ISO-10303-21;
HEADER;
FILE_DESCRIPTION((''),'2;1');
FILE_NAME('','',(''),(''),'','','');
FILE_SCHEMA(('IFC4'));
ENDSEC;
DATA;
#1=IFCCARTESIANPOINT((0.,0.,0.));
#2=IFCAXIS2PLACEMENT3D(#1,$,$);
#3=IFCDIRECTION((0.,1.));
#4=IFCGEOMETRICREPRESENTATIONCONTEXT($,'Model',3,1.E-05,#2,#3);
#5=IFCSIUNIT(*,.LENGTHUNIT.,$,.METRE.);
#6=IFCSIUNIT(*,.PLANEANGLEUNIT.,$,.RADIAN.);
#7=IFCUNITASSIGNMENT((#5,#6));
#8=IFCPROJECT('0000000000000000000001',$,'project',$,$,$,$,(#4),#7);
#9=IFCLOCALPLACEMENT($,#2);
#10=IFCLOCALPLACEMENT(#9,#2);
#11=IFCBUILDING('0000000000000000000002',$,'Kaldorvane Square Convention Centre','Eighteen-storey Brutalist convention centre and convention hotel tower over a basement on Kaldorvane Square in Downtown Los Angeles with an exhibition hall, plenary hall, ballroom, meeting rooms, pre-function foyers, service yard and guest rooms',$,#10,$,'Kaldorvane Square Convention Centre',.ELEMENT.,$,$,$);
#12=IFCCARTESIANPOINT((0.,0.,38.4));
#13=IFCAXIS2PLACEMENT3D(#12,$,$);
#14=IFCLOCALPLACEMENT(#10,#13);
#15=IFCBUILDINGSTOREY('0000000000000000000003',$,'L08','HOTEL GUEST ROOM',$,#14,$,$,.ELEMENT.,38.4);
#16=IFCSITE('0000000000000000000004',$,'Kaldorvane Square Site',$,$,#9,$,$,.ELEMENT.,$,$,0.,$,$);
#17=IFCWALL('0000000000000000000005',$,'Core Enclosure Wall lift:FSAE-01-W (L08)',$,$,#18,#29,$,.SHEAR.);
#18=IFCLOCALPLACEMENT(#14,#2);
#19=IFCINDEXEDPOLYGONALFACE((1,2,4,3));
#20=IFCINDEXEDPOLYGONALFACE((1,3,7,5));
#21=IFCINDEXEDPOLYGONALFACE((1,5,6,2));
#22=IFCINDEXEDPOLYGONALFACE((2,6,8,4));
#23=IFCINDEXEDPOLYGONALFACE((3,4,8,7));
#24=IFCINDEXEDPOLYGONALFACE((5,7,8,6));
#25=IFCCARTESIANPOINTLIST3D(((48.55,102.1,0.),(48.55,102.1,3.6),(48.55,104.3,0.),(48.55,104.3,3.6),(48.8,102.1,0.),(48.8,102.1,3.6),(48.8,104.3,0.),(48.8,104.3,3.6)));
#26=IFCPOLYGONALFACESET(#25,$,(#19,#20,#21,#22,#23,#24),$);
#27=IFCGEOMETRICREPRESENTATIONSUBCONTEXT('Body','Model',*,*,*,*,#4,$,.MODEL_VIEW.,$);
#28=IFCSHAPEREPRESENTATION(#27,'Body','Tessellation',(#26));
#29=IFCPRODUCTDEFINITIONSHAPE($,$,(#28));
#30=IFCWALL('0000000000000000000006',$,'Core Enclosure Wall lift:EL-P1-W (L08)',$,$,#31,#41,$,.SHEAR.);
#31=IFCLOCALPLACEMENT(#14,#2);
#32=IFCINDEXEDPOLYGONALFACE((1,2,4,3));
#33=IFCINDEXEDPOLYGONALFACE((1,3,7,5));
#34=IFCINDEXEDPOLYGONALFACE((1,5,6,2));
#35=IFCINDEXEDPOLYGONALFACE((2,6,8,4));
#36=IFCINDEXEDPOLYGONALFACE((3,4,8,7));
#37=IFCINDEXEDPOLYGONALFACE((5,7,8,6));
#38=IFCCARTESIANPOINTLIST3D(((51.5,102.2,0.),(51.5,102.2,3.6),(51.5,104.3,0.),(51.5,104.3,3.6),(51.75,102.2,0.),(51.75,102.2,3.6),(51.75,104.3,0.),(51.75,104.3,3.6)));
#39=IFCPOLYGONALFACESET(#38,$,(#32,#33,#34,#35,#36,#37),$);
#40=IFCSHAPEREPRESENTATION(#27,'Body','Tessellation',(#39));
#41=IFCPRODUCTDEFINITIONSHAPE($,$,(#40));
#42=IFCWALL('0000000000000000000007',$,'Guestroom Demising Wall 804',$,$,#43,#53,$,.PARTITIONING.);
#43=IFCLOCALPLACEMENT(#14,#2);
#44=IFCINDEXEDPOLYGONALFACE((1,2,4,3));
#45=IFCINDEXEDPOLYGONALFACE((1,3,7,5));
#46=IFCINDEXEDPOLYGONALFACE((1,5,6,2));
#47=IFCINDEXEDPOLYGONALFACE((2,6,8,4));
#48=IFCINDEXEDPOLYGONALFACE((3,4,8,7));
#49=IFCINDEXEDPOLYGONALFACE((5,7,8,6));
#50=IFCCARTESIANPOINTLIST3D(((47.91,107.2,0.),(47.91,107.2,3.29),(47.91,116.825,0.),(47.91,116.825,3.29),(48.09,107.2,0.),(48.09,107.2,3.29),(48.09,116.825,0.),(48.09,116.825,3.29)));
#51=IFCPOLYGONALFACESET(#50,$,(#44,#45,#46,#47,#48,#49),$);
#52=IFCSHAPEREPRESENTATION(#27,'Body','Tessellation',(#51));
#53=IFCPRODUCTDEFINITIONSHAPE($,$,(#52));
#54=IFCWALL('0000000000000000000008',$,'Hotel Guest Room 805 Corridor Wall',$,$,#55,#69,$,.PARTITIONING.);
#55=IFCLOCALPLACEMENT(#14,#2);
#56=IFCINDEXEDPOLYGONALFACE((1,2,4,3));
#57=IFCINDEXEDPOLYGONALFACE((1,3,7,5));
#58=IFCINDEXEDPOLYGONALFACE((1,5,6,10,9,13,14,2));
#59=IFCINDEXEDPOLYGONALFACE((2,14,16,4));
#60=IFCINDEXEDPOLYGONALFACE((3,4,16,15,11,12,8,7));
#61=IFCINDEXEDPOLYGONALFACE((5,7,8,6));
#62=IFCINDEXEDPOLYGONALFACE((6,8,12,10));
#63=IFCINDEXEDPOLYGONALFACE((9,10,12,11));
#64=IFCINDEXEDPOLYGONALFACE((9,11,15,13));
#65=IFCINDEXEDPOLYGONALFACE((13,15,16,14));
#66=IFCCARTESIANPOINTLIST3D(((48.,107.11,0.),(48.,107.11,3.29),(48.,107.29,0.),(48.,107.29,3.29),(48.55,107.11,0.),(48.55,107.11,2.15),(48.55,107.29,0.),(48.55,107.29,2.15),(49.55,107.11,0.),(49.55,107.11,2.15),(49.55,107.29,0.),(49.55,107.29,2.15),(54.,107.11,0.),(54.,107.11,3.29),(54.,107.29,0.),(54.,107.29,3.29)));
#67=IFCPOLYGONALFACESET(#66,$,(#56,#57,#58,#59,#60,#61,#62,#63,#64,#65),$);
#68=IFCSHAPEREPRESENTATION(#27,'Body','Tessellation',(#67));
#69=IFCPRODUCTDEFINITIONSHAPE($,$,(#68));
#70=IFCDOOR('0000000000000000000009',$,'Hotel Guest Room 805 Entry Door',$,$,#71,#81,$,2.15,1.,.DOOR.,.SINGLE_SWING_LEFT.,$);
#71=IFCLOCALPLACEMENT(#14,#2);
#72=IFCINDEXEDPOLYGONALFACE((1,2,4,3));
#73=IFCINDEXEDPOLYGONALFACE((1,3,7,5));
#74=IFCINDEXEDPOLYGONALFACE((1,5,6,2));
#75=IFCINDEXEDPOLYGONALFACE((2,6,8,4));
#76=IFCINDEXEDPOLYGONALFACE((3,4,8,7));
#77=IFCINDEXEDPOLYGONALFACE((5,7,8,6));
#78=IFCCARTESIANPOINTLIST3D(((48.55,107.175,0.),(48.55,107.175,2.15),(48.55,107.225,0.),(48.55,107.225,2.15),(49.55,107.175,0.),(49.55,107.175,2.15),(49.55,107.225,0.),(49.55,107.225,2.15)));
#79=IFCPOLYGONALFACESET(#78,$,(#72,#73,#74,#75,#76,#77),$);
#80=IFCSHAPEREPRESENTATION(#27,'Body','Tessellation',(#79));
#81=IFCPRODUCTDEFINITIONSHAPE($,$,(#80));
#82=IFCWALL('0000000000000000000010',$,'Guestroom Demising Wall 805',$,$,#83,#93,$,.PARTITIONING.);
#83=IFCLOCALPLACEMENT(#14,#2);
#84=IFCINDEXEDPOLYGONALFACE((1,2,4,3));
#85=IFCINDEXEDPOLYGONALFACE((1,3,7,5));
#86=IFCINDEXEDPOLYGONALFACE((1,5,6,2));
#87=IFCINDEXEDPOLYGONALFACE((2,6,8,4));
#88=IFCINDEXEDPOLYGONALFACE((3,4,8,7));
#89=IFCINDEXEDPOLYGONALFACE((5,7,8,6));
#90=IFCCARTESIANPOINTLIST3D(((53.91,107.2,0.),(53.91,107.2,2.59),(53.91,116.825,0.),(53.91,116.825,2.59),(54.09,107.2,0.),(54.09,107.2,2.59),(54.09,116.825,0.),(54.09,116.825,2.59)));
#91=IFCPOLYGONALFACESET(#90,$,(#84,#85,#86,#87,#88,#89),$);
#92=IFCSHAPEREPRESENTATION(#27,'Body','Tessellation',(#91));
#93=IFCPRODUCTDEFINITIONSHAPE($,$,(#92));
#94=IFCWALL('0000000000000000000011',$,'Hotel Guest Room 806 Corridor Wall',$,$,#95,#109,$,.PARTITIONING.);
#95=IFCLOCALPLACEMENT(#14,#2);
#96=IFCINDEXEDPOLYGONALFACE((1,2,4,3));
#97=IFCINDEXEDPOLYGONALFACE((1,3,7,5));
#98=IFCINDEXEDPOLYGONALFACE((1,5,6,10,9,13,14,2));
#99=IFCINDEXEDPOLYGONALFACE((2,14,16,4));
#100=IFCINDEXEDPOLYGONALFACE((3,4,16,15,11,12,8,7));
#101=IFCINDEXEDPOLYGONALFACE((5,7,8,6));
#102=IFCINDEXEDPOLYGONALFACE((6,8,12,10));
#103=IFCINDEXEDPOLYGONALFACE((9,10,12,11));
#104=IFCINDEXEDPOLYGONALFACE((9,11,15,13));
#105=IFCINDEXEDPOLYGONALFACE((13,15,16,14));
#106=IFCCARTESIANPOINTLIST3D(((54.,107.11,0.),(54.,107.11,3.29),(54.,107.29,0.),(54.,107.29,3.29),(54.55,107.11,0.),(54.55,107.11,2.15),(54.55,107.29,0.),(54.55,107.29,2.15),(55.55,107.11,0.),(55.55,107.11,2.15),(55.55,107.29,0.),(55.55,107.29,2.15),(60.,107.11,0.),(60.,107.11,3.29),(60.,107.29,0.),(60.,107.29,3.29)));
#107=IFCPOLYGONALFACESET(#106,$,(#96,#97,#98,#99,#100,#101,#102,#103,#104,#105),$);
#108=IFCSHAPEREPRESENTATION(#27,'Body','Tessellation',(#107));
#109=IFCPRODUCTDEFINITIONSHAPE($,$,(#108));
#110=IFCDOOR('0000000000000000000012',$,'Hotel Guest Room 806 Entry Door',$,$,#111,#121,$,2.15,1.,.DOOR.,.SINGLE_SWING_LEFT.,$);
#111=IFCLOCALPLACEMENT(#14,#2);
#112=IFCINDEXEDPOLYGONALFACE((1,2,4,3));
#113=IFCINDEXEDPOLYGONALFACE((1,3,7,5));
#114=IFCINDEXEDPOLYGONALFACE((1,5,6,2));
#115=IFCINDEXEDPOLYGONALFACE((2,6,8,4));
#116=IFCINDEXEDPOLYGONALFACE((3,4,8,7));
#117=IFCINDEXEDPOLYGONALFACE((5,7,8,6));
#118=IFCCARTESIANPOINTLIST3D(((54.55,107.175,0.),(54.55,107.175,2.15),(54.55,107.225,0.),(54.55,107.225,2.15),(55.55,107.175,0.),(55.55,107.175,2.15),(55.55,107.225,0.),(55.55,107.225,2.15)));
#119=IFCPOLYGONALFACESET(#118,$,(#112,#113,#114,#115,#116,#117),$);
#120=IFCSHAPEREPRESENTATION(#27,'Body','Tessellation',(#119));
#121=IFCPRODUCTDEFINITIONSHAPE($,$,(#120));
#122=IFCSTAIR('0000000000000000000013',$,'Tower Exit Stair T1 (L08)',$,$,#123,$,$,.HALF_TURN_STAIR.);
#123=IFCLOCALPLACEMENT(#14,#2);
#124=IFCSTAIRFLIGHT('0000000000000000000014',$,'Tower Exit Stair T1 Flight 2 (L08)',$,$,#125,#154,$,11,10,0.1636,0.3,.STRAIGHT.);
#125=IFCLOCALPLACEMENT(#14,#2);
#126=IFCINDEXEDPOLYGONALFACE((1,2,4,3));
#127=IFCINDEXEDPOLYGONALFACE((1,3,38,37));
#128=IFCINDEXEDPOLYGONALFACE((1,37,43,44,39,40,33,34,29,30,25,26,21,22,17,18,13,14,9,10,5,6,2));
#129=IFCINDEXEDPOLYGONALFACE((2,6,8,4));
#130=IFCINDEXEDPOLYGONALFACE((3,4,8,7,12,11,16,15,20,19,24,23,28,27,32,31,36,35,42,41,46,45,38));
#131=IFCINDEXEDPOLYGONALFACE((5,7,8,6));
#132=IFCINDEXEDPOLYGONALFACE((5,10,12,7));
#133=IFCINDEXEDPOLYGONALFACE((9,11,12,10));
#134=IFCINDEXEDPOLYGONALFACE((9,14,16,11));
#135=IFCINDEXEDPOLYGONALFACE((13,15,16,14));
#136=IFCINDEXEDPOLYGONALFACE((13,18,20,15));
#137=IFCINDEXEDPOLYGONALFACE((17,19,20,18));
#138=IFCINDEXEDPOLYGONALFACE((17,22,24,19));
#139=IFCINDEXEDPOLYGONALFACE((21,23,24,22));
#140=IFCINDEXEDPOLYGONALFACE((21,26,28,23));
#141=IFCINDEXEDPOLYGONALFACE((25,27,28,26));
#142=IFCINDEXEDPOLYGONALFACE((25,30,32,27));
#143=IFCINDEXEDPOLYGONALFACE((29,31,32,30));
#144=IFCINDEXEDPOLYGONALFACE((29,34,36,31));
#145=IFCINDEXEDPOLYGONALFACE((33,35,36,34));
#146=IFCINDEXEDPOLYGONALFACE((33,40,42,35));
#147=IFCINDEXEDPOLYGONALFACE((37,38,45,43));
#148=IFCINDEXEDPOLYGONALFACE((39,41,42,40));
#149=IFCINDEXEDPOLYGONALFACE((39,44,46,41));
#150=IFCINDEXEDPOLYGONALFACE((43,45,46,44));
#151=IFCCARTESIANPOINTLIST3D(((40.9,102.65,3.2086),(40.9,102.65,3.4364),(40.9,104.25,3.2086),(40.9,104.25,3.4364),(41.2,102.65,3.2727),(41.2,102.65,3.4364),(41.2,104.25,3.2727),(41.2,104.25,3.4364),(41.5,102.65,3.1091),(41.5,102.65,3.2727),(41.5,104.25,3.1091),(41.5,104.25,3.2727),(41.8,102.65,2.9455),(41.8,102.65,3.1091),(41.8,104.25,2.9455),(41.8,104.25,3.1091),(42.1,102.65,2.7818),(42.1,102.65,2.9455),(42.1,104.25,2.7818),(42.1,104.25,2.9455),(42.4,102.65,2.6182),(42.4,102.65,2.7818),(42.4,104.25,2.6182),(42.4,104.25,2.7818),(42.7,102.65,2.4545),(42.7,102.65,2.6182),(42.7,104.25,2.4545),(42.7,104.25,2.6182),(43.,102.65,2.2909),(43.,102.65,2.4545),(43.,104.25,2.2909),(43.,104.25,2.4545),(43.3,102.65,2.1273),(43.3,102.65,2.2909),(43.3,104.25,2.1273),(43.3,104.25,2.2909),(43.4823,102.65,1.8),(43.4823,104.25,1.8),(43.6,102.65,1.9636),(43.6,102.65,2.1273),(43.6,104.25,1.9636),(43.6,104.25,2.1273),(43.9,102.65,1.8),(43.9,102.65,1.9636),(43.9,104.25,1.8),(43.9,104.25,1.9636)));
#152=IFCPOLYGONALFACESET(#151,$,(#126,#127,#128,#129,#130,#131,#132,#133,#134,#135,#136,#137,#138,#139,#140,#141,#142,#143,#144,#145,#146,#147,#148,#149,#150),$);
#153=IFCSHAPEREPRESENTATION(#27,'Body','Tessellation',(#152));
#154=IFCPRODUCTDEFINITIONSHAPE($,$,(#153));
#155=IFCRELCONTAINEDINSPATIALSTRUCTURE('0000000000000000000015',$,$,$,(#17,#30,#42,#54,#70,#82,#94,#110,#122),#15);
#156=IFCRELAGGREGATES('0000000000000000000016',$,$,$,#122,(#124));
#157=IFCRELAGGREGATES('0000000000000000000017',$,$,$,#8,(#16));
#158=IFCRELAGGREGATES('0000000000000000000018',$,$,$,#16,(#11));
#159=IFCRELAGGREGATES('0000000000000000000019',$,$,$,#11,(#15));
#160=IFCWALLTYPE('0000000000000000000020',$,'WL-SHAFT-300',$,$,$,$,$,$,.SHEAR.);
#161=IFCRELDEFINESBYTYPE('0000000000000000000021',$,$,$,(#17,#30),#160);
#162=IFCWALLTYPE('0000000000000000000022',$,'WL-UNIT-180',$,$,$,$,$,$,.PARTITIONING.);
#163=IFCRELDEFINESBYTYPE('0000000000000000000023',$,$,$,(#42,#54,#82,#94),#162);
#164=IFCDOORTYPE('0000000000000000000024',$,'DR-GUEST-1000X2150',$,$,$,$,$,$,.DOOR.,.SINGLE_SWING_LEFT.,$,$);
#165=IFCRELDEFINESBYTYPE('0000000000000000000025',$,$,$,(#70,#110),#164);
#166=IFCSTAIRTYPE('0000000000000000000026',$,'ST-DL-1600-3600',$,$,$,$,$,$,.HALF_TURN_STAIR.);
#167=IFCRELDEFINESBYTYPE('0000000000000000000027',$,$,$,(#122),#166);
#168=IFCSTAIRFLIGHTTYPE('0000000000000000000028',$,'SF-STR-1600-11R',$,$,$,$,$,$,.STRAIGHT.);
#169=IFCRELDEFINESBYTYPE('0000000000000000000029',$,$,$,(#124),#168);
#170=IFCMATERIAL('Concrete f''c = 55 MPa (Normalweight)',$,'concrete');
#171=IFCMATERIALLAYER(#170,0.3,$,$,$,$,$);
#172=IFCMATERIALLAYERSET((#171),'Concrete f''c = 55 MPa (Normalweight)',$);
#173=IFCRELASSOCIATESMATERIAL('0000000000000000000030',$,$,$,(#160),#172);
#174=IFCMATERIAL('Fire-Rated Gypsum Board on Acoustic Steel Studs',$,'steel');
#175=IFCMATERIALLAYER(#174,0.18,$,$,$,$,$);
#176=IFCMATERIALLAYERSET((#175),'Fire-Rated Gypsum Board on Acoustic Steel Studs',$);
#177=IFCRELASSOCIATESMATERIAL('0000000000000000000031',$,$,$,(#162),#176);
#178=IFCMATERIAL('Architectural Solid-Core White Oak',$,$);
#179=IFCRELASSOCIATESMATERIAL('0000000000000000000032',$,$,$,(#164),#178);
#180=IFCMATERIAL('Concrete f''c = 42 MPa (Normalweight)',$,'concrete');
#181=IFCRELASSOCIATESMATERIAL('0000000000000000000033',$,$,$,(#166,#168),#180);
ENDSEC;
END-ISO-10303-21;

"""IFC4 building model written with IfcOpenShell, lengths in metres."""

from ifc_helpers import new_model, si_unit, direction, frame, frame_2d, origin, place, context, subcontext, project, spatial, polyline, rectangle, outline, extrude, material, layer, layer_set, type_object, element, fill, aggregate, save


model = new_model("IFC4")

# Units and contexts
model_context = context("Model", 3, precision=1e-05, world=origin(), true_north=direction((0.0, 1.0)))
body_context = subcontext(model_context, "Body", "Model", "MODEL_VIEW")
ifc_project = project(units=[si_unit("LENGTHUNIT", "METRE"), si_unit("PLANEANGLEUNIT", "RADIAN")], contexts=[model_context])

# Site, building, storey
site_placement = place(None, origin())
site = spatial("IfcSite", under=ifc_project, at=site_placement, Name="Kaldorvane Square Site", CompositionType="ELEMENT", RefElevation=0.0)
building_placement = place(site_placement, origin())
building = spatial("IfcBuilding", under=site, at=building_placement, Name="Kaldorvane Square Convention Centre", Description="Eighteen-storey Brutalist convention centre and convention hotel tower over a basement on Kaldorvane Square in Downtown Los Angeles with an exhibition hall, plenary hall, ballroom, meeting rooms, pre-function foyers, service yard and guest rooms", LongName="Kaldorvane Square Convention Centre", CompositionType="ELEMENT")
storey_placement = place(building_placement, frame((0.0, 0.0, 38.4)))
storey = spatial("IfcBuildingStorey", under=building, at=storey_placement, Name="L08", Description="HOTEL GUEST ROOM", CompositionType="ELEMENT", Elevation=38.4)

# Shared definitions
ifc_material_1 = material(Name="Concrete f'c = 42 MPa (Normalweight)", Category="concrete")

# Shared definitions
ifc_material_2 = material(Name="Fire-Rated Gypsum Board on Acoustic Steel Studs", Category="steel")
ifc_material_3 = material(Name="Architectural Solid-Core White Oak")

# Walls
ifc_material_4 = material(Name="Concrete f'c = 55 MPa (Normalweight)", Category="concrete")
ifc_layer_1 = layer(ifc_material_4, 0.3)
ifc_layer_set_1 = layer_set([ifc_layer_1], Name="Concrete f'c = 55 MPa (Normalweight)")
wall_type_1 = type_object("IfcWallType", Name="WL-SHAFT-300", PredefinedType="SHEAR", material=ifc_layer_set_1)
wall_1_placement = place(storey_placement, frame((48.675, 104.3, 0.0), z_axis=(0.0, 0.0, 1.0), x_axis=(0.0, -1.0, 0.0)))
element("IfcWall", 1, at=wall_1_placement, inside=storey, type_object=wall_type_1, Name="Core Enclosure Wall lift:FSAE-01-W (L08)", PredefinedType="SHEAR", context=body_context, shape_type="SweptSolid", body=[
    extrude(rectangle(XDim=2.2, YDim=0.25, at=frame_2d((1.1, 0.0))), origin(), (0.0, 0.0, 1.0), 3.6),
])
wall_2_placement = place(storey_placement, frame((51.625, 104.3, 0.0), z_axis=(0.0, 0.0, 1.0), x_axis=(0.0, -1.0, 0.0)))
element("IfcWall", 2, at=wall_2_placement, inside=storey, type_object=wall_type_1, Name="Core Enclosure Wall lift:EL-P1-W (L08)", PredefinedType="SHEAR", context=body_context, shape_type="SweptSolid", body=[
    extrude(rectangle(XDim=2.1, YDim=0.25, at=frame_2d((1.05, 0.0))), origin(), (0.0, 0.0, 1.0), 3.6),
])
ifc_layer_2 = layer(ifc_material_2, 0.18)
ifc_layer_set_2 = layer_set([ifc_layer_2], Name="Fire-Rated Gypsum Board on Acoustic Steel Studs")
wall_type_2 = type_object("IfcWallType", Name="WL-UNIT-180", PredefinedType="PARTITIONING", material=ifc_layer_set_2)
wall_3_placement = place(storey_placement, frame((48.0, 107.2, 0.0), z_axis=(0.0, 0.0, 1.0), x_axis=(0.0, 1.0, 0.0)))
element("IfcWall", 3, at=wall_3_placement, inside=storey, type_object=wall_type_2, Name="Guestroom Demising Wall 804", PredefinedType="PARTITIONING", context=body_context, shape_type="SweptSolid", body=[
    extrude(rectangle(XDim=9.625, YDim=0.18, at=frame_2d((4.8125, 0.0))), origin(), (0.0, 0.0, 1.0), 3.29),
])

# Wall, opening, door
wall_4_placement = place(storey_placement, frame((48.0, 107.2, 0.0), z_axis=(0.0, 0.0, 1.0), x_axis=(1.0, 0.0, 0.0)))
wall_4 = element("IfcWall", 4, at=wall_4_placement, inside=storey, type_object=wall_type_2, Name="Hotel Guest Room 805 Corridor Wall", PredefinedType="PARTITIONING", context=body_context, shape_type="SweptSolid", body=[
    extrude(rectangle(XDim=6.0, YDim=0.18, at=frame_2d((3.0, 0.0))), origin(), (0.0, 0.0, 1.0), 3.29),
])
opening_1_placement = place(wall_4_placement, frame((0.55, 0.0, 0.0)))
opening_1 = element("IfcOpeningElement", 5, at=opening_1_placement, cuts=wall_4, PredefinedType="OPENING", context=body_context, shape_type="SweptSolid", body=[
    extrude(rectangle(XDim=1.0, YDim=2.15, at=frame_2d((0.5, 1.075))), frame((0.0, 0.105, 0.0), z_axis=(0.0, -1.0, 0.0), x_axis=(1.0, 0.0, 0.0)), (0.0, 0.0, 1.0), 0.21),
])
door_type_1 = type_object("IfcDoorType", Name="DR-GUEST-1000X2150", OperationType="SINGLE_SWING_LEFT", PredefinedType="DOOR", material=ifc_material_3)
door_1_placement = place(opening_1_placement, origin())
door_1 = element("IfcDoor", 6, at=door_1_placement, inside=storey, type_object=door_type_1, Name="Hotel Guest Room 805 Entry Door", OperationType="SINGLE_SWING_LEFT", OverallHeight=2.15, OverallWidth=1.0, PredefinedType="DOOR", context=body_context, shape_type="SweptSolid", body=[
    extrude(rectangle(XDim=1.0, YDim=2.15, at=frame_2d((0.5, 1.075))), frame((0.0, 0.025, 0.0), z_axis=(0.0, -1.0, 0.0), x_axis=(1.0, 0.0, 0.0)), (0.0, 0.0, 1.0), 0.05),
])
fill(opening_1, door_1)

# Wall
wall_5_placement = place(storey_placement, frame((54.0, 107.2, 0.0), z_axis=(0.0, 0.0, 1.0), x_axis=(0.0, 1.0, 0.0)))
element("IfcWall", 7, at=wall_5_placement, inside=storey, type_object=wall_type_2, Name="Guestroom Demising Wall 805", PredefinedType="PARTITIONING", context=body_context, shape_type="SweptSolid", body=[
    extrude(rectangle(XDim=9.625, YDim=0.18, at=frame_2d((4.8125, 0.0))), origin(), (0.0, 0.0, 1.0), 2.59),
])

# Wall, opening, door
wall_6_placement = place(storey_placement, frame((54.0, 107.2, 0.0), z_axis=(0.0, 0.0, 1.0), x_axis=(1.0, 0.0, 0.0)))
wall_6 = element("IfcWall", 8, at=wall_6_placement, inside=storey, type_object=wall_type_2, Name="Hotel Guest Room 806 Corridor Wall", PredefinedType="PARTITIONING", context=body_context, shape_type="SweptSolid", body=[
    extrude(rectangle(XDim=6.0, YDim=0.18, at=frame_2d((3.0, 0.0))), origin(), (0.0, 0.0, 1.0), 3.29),
])
opening_2_placement = place(wall_6_placement, frame((0.55, 0.0, 0.0)))
opening_2 = element("IfcOpeningElement", 9, at=opening_2_placement, cuts=wall_6, PredefinedType="OPENING", context=body_context, shape_type="SweptSolid", body=[
    extrude(rectangle(XDim=1.0, YDim=2.15, at=frame_2d((0.5, 1.075))), frame((0.0, 0.105, 0.0), z_axis=(0.0, -1.0, 0.0), x_axis=(1.0, 0.0, 0.0)), (0.0, 0.0, 1.0), 0.21),
])
door_2_placement = place(opening_2_placement, origin())
door_2 = element("IfcDoor", 10, at=door_2_placement, inside=storey, type_object=door_type_1, Name="Hotel Guest Room 806 Entry Door", OperationType="SINGLE_SWING_LEFT", OverallHeight=2.15, OverallWidth=1.0, PredefinedType="DOOR", context=body_context, shape_type="SweptSolid", body=[
    extrude(rectangle(XDim=1.0, YDim=2.15, at=frame_2d((0.5, 1.075))), frame((0.0, 0.025, 0.0), z_axis=(0.0, -1.0, 0.0), x_axis=(1.0, 0.0, 0.0)), (0.0, 0.0, 1.0), 0.05),
])
fill(opening_2, door_2)

# Stair, stair flight
stair_type = type_object("IfcStairType", Name="ST-DL-1600-3600", PredefinedType="HALF_TURN_STAIR", material=ifc_material_1)
stair_placement = place(storey_placement, origin())
stair = element("IfcStair", 11, at=stair_placement, inside=storey, type_object=stair_type, Name="Tower Exit Stair T1 (L08)", PredefinedType="HALF_TURN_STAIR")
stair_flight_type = type_object("IfcStairFlightType", Name="SF-STR-1600-11R", PredefinedType="STRAIGHT", material=ifc_material_1)
stair_flight_placement = place(storey_placement, frame((43.9, 103.45, 1.8), z_axis=(0.0, 0.0, 1.0), x_axis=(-1.0, 0.0, 0.0)))
stair_flight = element("IfcStairFlight", 12, at=stair_flight_placement, type_object=stair_flight_type, Name="Tower Exit Stair T1 Flight 2 (L08)", NumberOfRisers=11, NumberOfTreads=10, PredefinedType="STRAIGHT", RiserHeight=0.1636, TreadLength=0.3, context=body_context, shape_type="SweptSolid", body=[
    extrude(outline(polyline([(0.0, 0.0), (0.0, 0.1636), (0.3, 0.1636), (0.3, 0.3273), (0.6, 0.3273), (0.6, 0.4909), (0.9, 0.4909), (0.9, 0.6545), (1.2, 0.6545), (1.2, 0.8182), (1.5, 0.8182), (1.5, 0.9818), (1.8, 0.9818), (1.8, 1.1455), (2.1, 1.1455), (2.1, 1.3091), (2.4, 1.3091), (2.4, 1.4727), (2.7, 1.4727), (2.7, 1.6364), (3.0, 1.6364), (3.0, 1.8), (3.0, 1.4086), (0.4177, 0.0), (0.0, 0.0)])), frame((0.0, 0.8, 0.0), z_axis=(0.0, -1.0, 0.0), x_axis=(1.0, 0.0, 0.0)), (0.0, 0.0, 1.0), 1.6),
])
aggregate(stair, [stair_flight])

save(model, "model.ifc")
